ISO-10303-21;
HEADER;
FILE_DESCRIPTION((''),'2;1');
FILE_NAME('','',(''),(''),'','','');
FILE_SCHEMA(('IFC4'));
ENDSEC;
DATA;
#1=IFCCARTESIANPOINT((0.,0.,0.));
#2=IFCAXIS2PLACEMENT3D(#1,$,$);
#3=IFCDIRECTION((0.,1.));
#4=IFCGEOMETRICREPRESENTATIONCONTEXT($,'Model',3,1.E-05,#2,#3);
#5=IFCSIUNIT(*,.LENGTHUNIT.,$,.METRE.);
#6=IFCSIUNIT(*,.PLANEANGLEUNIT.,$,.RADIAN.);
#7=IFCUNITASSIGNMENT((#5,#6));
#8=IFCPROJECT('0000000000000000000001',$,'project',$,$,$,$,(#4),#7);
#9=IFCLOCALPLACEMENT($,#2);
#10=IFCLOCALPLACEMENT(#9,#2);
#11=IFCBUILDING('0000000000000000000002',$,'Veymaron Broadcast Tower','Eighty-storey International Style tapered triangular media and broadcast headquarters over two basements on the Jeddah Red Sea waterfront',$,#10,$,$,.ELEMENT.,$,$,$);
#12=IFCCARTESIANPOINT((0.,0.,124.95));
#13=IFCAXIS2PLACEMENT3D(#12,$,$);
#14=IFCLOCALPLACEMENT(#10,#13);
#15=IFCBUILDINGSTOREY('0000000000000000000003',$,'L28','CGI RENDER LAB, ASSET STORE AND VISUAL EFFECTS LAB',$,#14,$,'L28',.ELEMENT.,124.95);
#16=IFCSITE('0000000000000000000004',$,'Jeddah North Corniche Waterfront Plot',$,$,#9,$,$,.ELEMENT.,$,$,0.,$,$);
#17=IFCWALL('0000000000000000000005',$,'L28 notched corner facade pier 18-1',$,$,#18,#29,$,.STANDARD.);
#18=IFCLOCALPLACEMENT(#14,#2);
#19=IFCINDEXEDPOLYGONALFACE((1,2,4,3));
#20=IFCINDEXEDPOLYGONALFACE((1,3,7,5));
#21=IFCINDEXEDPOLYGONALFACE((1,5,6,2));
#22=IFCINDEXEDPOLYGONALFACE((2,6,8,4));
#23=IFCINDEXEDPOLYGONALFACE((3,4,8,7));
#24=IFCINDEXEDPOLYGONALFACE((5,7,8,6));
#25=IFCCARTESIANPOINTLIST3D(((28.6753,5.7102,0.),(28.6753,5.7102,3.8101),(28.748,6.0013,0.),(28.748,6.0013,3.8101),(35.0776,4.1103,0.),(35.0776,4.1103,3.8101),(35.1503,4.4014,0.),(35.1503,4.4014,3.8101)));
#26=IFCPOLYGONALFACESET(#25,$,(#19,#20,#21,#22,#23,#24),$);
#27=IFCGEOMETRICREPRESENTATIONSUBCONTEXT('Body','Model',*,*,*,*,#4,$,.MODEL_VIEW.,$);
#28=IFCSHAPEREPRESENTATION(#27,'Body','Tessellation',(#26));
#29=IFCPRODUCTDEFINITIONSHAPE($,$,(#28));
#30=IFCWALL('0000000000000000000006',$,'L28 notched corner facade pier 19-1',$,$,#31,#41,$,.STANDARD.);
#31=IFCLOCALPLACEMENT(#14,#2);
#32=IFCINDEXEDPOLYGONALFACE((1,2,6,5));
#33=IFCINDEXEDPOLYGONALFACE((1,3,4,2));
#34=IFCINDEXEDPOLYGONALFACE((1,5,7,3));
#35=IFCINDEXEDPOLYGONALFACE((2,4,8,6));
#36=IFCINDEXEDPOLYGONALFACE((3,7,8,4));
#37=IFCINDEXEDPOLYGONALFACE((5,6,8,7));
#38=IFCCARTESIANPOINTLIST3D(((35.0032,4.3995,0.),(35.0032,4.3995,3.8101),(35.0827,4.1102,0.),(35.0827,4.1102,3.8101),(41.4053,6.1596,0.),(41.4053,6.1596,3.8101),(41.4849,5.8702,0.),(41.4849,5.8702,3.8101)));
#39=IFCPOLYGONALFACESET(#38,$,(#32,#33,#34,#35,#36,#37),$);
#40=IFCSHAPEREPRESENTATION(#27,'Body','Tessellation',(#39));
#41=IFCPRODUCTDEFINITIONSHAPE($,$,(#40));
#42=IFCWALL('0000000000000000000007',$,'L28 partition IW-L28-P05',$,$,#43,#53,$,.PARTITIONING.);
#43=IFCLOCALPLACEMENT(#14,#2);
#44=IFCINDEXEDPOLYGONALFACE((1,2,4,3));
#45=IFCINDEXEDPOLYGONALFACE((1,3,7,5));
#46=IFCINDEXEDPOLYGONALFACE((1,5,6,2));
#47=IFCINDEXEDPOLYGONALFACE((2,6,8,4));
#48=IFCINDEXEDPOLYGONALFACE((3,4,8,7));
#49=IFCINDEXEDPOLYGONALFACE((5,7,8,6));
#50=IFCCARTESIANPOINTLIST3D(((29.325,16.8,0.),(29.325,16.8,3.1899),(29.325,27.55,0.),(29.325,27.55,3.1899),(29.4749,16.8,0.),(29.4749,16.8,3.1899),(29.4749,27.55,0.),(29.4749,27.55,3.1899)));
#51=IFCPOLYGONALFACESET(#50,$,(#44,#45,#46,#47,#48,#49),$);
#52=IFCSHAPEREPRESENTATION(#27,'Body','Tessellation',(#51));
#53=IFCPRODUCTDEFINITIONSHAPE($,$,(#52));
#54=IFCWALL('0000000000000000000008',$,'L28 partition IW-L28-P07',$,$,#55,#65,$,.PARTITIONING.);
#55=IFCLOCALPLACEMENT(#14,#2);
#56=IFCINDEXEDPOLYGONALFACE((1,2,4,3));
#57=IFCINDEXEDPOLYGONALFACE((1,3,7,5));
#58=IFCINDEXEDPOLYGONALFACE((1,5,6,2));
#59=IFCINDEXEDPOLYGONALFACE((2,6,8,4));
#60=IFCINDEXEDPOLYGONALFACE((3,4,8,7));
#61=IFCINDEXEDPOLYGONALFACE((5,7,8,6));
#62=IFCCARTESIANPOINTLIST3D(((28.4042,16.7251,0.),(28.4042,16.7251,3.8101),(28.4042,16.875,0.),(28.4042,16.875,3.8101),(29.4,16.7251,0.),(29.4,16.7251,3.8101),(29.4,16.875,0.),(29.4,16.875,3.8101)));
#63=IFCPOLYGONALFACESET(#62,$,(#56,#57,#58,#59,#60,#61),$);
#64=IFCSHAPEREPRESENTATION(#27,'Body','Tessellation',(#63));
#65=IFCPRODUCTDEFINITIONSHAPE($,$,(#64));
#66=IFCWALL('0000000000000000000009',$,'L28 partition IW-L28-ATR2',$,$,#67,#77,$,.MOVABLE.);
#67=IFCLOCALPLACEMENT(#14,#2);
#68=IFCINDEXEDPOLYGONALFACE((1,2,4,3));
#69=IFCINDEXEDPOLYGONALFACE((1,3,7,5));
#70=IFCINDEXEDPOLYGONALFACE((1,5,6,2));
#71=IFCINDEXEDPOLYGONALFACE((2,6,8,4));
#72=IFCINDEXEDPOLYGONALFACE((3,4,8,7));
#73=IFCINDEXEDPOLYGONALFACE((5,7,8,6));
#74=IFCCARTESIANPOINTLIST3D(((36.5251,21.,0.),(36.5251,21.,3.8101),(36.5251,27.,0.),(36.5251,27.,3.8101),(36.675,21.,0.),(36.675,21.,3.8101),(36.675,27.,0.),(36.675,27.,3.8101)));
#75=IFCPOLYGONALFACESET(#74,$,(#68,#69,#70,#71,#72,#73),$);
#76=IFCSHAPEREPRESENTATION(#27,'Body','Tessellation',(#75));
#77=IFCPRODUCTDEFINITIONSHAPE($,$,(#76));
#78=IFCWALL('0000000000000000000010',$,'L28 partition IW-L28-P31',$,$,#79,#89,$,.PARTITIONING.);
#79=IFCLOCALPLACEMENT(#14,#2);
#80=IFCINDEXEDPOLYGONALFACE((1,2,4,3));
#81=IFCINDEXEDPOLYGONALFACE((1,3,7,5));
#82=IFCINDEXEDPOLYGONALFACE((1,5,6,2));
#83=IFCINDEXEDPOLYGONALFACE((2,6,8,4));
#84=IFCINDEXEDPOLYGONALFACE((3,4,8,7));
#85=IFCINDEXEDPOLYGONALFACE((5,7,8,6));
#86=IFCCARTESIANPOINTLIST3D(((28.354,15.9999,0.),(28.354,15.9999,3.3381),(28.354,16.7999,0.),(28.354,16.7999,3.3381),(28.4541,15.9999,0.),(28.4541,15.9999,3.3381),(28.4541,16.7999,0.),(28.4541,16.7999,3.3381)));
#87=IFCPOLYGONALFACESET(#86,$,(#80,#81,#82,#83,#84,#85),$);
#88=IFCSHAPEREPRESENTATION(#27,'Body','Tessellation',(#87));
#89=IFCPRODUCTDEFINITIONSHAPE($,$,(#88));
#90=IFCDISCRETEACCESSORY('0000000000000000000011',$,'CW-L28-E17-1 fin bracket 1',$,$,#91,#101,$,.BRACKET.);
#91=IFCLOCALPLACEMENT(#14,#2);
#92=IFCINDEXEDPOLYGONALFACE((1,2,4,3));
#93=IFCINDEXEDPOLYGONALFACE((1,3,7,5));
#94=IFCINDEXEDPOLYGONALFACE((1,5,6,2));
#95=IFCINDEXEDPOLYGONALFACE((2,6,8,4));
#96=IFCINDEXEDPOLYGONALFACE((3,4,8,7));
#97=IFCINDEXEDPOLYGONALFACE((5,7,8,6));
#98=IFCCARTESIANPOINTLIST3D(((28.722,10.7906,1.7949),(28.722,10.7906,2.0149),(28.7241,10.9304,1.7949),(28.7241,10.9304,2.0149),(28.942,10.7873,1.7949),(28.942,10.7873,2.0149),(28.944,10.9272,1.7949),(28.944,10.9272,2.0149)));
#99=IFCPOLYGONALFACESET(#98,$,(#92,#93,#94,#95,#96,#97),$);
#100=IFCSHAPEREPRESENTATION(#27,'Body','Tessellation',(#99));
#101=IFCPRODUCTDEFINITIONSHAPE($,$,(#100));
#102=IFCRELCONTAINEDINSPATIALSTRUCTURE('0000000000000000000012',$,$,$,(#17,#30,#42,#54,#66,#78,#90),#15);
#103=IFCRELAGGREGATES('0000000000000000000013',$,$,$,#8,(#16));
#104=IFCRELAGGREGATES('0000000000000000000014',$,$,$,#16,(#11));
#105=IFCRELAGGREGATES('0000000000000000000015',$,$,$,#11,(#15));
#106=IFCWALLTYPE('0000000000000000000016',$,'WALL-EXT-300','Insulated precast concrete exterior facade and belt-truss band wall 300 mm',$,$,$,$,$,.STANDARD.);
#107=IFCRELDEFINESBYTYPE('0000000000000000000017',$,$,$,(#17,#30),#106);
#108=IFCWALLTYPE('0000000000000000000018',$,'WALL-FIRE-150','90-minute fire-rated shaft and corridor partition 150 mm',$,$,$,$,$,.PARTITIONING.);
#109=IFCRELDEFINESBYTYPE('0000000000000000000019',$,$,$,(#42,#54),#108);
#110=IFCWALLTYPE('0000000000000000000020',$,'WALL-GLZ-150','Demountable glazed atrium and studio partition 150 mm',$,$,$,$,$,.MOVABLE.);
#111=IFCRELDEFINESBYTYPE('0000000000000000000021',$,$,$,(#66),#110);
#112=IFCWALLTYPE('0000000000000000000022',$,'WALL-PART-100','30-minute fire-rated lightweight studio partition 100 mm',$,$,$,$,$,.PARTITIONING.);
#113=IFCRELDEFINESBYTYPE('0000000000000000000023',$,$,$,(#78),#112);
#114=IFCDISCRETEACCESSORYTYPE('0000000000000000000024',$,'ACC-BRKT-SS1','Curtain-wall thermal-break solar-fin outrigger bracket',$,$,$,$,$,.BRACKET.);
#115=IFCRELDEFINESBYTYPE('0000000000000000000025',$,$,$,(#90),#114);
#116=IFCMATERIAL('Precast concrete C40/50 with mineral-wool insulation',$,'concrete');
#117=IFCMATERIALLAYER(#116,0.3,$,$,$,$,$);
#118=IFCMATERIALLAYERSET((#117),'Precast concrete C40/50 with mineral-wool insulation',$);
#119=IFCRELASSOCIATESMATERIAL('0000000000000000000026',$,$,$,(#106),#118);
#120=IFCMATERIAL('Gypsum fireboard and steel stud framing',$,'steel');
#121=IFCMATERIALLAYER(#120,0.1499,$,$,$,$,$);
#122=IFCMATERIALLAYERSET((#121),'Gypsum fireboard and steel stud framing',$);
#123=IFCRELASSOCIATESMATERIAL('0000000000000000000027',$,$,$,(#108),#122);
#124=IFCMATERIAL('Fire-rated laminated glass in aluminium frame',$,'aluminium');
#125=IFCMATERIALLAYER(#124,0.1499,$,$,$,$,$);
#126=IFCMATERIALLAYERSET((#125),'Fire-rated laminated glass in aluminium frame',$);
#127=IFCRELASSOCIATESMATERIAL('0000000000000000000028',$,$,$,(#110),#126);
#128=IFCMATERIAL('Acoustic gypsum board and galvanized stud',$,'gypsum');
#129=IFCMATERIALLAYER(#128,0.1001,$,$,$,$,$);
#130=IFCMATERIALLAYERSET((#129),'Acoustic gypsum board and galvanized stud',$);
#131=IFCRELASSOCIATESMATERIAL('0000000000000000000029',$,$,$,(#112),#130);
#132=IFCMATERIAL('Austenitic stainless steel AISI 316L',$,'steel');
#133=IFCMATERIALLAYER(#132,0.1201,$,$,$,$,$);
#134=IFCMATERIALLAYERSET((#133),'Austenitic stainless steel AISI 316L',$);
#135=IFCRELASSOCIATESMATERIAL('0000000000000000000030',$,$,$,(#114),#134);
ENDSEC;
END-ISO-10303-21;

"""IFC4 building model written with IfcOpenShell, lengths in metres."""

from ifc_helpers import new_model, si_unit, direction, frame, frame_2d, origin, origin_2d, place, context, subcontext, project, spatial, rectangle, extrude, material, layer, layer_set, type_object, element, save


model = new_model("IFC4")

# Units and contexts
model_context = context("Model", 3, precision=1e-05, world=origin(), true_north=direction((0.0, 1.0)))
body_context = subcontext(model_context, "Body", "Model", "MODEL_VIEW")
ifc_project = project(units=[si_unit("LENGTHUNIT", "METRE"), si_unit("PLANEANGLEUNIT", "RADIAN")], contexts=[model_context])

# Site, building, storey
site_placement = place(None, origin())
site = spatial("IfcSite", under=ifc_project, at=site_placement, Name="Jeddah North Corniche Waterfront Plot", CompositionType="ELEMENT", RefElevation=0.0)
building_placement = place(site_placement, origin())
building = spatial("IfcBuilding", under=site, at=building_placement, Name="Veymaron Broadcast Tower", Description="Eighty-storey International Style tapered triangular media and broadcast headquarters over two basements on the Jeddah Red Sea waterfront", CompositionType="ELEMENT")
storey_placement = place(building_placement, frame((0.0, 0.0, 124.95)))
storey = spatial("IfcBuildingStorey", under=building, at=storey_placement, Name="L28", Description="CGI RENDER LAB, ASSET STORE AND VISUAL EFFECTS LAB", LongName="L28", CompositionType="ELEMENT", Elevation=124.95)

# Walls
ifc_material_1 = material(Name="Precast concrete C40/50 with mineral-wool insulation", Category="concrete")
ifc_layer_1 = layer(ifc_material_1, 0.3)
ifc_layer_set_1 = layer_set([ifc_layer_1], Name="Precast concrete C40/50 with mineral-wool insulation")
wall_type_1 = type_object("IfcWallType", Name="WALL-EXT-300", Description="Insulated precast concrete exterior facade and belt-truss band wall 300 mm", PredefinedType="STANDARD", material=ifc_layer_set_1)
wall_1_placement = place(storey_placement, frame((28.7117, 5.8557, 0.0), z_axis=(0.0, 0.0, 1.0), x_axis=(0.970169, -0.242431, 0.0)))
element("IfcWall", 1, at=wall_1_placement, inside=storey, type_object=wall_type_1, Name="L28 notched corner facade pier 18-1", PredefinedType="STANDARD", context=body_context, shape_type="SweptSolid", body=[
    extrude(rectangle(XDim=6.5991, YDim=0.3, at=frame_2d((3.2996, 0.0))), origin(), (0.0, 0.0, 1.0), 3.8101),
])
wall_2_placement = place(storey_placement, frame((35.043, 4.2549, 0.0), z_axis=(0.0, 0.0, 1.0), x_axis=(0.964227, 0.265077, 0.0)))
element("IfcWall", 2, at=wall_2_placement, inside=storey, type_object=wall_type_1, Name="L28 notched corner facade pier 19-1", PredefinedType="STANDARD", context=body_context, shape_type="SweptSolid", body=[
    extrude(rectangle(XDim=6.6396, YDim=0.3, at=frame_2d((3.3198, 0.0))), origin(), (0.0, 0.0, 1.0), 3.8101),
])

# Shared definitions
ifc_material_2 = material(Name="Gypsum fireboard and steel stud framing", Category="steel")
ifc_layer_2 = layer(ifc_material_2, 0.1499)
ifc_layer_set_2 = layer_set([ifc_layer_2], Name="Gypsum fireboard and steel stud framing")
wall_type_2 = type_object("IfcWallType", Name="WALL-FIRE-150", Description="90-minute fire-rated shaft and corridor partition 150 mm", PredefinedType="PARTITIONING", material=ifc_layer_set_2)

# Walls
wall_3_placement = place(storey_placement, frame((29.3999, 16.8, 0.0), z_axis=(0.0, 0.0, 1.0), x_axis=(0.0, 1.0, 0.0)))
element("IfcWall", 3, at=wall_3_placement, inside=storey, type_object=wall_type_2, Name="L28 partition IW-L28-P05", PredefinedType="PARTITIONING", context=body_context, shape_type="SweptSolid", body=[
    extrude(rectangle(XDim=10.75, YDim=0.1499, at=frame_2d((5.375, 0.0))), origin(), (0.0, 0.0, 1.0), 3.1899),
])
wall_4_placement = place(storey_placement, frame((28.4041, 16.8, 0.0), z_axis=(0.0, 0.0, 1.0), x_axis=(1.0, 0.0, 0.0)))
element("IfcWall", 4, at=wall_4_placement, inside=storey, type_object=wall_type_2, Name="L28 partition IW-L28-P07", PredefinedType="PARTITIONING", context=body_context, shape_type="SweptSolid", body=[
    extrude(rectangle(XDim=0.9958, YDim=0.1499, at=frame_2d((0.498, 0.0))), origin(), (0.0, 0.0, 1.0), 3.8101),
])
ifc_material_3 = material(Name="Fire-rated laminated glass in aluminium frame", Category="aluminium")
ifc_layer_3 = layer(ifc_material_3, 0.1499)
ifc_layer_set_3 = layer_set([ifc_layer_3], Name="Fire-rated laminated glass in aluminium frame")
wall_type_3 = type_object("IfcWallType", Name="WALL-GLZ-150", Description="Demountable glazed atrium and studio partition 150 mm", PredefinedType="MOVABLE", material=ifc_layer_set_3)
wall_5_placement = place(storey_placement, frame((36.6001, 21.0, 0.0), z_axis=(0.0, 0.0, 1.0), x_axis=(0.0, 1.0, 0.0)))
element("IfcWall", 5, at=wall_5_placement, inside=storey, type_object=wall_type_3, Name="L28 partition IW-L28-ATR2", PredefinedType="MOVABLE", context=body_context, shape_type="SweptSolid", body=[
    extrude(rectangle(XDim=6.0, YDim=0.1499, at=frame_2d((3.0, 0.0))), origin(), (0.0, 0.0, 1.0), 3.8101),
])
ifc_material_4 = material(Name="Acoustic gypsum board and galvanized stud", Category="gypsum")
ifc_layer_4 = layer(ifc_material_4, 0.1001)
ifc_layer_set_4 = layer_set([ifc_layer_4], Name="Acoustic gypsum board and galvanized stud")
wall_type_4 = type_object("IfcWallType", Name="WALL-PART-100", Description="30-minute fire-rated lightweight studio partition 100 mm", PredefinedType="PARTITIONING", material=ifc_layer_set_4)
wall_6_placement = place(storey_placement, frame((28.4041, 16.0, 0.0), z_axis=(0.0, 0.0, 1.0), x_axis=(0.0, 1.0, 0.0)))
element("IfcWall", 6, at=wall_6_placement, inside=storey, type_object=wall_type_4, Name="L28 partition IW-L28-P31", PredefinedType="PARTITIONING", context=body_context, shape_type="SweptSolid", body=[
    extrude(rectangle(XDim=0.8, YDim=0.1001, at=frame_2d((0.3999, 0.0))), origin(), (0.0, 0.0, 1.0), 3.3381),
])

# Discrete accessory
ifc_material_5 = material(Name="Austenitic stainless steel AISI 316L", Category="steel")
ifc_layer_5 = layer(ifc_material_5, 0.1201)
ifc_layer_set_5 = layer_set([ifc_layer_5], Name="Austenitic stainless steel AISI 316L")
discrete_accessory_type = type_object("IfcDiscreteAccessoryType", Name="ACC-BRKT-SS1", Description="Curtain-wall thermal-break solar-fin outrigger bracket", PredefinedType="BRACKET", material=ifc_layer_set_5)
discrete_accessory_placement = place(storey_placement, frame((28.833, 10.8589, 1.7949), z_axis=(0.0, 0.0, 1.0), x_axis=(-0.999893, 0.014643, 0.0)))
element("IfcDiscreteAccessory", 7, at=discrete_accessory_placement, inside=storey, type_object=discrete_accessory_type, Name="CW-L28-E17-1 fin bracket 1", PredefinedType="BRACKET", context=body_context, shape_type="SweptSolid", body=[
    extrude(rectangle(XDim=0.22, YDim=0.1399, at=origin_2d()), origin(), (0.0, 0.0, 1.0), 0.22),
])

save(model, "model.ifc")
